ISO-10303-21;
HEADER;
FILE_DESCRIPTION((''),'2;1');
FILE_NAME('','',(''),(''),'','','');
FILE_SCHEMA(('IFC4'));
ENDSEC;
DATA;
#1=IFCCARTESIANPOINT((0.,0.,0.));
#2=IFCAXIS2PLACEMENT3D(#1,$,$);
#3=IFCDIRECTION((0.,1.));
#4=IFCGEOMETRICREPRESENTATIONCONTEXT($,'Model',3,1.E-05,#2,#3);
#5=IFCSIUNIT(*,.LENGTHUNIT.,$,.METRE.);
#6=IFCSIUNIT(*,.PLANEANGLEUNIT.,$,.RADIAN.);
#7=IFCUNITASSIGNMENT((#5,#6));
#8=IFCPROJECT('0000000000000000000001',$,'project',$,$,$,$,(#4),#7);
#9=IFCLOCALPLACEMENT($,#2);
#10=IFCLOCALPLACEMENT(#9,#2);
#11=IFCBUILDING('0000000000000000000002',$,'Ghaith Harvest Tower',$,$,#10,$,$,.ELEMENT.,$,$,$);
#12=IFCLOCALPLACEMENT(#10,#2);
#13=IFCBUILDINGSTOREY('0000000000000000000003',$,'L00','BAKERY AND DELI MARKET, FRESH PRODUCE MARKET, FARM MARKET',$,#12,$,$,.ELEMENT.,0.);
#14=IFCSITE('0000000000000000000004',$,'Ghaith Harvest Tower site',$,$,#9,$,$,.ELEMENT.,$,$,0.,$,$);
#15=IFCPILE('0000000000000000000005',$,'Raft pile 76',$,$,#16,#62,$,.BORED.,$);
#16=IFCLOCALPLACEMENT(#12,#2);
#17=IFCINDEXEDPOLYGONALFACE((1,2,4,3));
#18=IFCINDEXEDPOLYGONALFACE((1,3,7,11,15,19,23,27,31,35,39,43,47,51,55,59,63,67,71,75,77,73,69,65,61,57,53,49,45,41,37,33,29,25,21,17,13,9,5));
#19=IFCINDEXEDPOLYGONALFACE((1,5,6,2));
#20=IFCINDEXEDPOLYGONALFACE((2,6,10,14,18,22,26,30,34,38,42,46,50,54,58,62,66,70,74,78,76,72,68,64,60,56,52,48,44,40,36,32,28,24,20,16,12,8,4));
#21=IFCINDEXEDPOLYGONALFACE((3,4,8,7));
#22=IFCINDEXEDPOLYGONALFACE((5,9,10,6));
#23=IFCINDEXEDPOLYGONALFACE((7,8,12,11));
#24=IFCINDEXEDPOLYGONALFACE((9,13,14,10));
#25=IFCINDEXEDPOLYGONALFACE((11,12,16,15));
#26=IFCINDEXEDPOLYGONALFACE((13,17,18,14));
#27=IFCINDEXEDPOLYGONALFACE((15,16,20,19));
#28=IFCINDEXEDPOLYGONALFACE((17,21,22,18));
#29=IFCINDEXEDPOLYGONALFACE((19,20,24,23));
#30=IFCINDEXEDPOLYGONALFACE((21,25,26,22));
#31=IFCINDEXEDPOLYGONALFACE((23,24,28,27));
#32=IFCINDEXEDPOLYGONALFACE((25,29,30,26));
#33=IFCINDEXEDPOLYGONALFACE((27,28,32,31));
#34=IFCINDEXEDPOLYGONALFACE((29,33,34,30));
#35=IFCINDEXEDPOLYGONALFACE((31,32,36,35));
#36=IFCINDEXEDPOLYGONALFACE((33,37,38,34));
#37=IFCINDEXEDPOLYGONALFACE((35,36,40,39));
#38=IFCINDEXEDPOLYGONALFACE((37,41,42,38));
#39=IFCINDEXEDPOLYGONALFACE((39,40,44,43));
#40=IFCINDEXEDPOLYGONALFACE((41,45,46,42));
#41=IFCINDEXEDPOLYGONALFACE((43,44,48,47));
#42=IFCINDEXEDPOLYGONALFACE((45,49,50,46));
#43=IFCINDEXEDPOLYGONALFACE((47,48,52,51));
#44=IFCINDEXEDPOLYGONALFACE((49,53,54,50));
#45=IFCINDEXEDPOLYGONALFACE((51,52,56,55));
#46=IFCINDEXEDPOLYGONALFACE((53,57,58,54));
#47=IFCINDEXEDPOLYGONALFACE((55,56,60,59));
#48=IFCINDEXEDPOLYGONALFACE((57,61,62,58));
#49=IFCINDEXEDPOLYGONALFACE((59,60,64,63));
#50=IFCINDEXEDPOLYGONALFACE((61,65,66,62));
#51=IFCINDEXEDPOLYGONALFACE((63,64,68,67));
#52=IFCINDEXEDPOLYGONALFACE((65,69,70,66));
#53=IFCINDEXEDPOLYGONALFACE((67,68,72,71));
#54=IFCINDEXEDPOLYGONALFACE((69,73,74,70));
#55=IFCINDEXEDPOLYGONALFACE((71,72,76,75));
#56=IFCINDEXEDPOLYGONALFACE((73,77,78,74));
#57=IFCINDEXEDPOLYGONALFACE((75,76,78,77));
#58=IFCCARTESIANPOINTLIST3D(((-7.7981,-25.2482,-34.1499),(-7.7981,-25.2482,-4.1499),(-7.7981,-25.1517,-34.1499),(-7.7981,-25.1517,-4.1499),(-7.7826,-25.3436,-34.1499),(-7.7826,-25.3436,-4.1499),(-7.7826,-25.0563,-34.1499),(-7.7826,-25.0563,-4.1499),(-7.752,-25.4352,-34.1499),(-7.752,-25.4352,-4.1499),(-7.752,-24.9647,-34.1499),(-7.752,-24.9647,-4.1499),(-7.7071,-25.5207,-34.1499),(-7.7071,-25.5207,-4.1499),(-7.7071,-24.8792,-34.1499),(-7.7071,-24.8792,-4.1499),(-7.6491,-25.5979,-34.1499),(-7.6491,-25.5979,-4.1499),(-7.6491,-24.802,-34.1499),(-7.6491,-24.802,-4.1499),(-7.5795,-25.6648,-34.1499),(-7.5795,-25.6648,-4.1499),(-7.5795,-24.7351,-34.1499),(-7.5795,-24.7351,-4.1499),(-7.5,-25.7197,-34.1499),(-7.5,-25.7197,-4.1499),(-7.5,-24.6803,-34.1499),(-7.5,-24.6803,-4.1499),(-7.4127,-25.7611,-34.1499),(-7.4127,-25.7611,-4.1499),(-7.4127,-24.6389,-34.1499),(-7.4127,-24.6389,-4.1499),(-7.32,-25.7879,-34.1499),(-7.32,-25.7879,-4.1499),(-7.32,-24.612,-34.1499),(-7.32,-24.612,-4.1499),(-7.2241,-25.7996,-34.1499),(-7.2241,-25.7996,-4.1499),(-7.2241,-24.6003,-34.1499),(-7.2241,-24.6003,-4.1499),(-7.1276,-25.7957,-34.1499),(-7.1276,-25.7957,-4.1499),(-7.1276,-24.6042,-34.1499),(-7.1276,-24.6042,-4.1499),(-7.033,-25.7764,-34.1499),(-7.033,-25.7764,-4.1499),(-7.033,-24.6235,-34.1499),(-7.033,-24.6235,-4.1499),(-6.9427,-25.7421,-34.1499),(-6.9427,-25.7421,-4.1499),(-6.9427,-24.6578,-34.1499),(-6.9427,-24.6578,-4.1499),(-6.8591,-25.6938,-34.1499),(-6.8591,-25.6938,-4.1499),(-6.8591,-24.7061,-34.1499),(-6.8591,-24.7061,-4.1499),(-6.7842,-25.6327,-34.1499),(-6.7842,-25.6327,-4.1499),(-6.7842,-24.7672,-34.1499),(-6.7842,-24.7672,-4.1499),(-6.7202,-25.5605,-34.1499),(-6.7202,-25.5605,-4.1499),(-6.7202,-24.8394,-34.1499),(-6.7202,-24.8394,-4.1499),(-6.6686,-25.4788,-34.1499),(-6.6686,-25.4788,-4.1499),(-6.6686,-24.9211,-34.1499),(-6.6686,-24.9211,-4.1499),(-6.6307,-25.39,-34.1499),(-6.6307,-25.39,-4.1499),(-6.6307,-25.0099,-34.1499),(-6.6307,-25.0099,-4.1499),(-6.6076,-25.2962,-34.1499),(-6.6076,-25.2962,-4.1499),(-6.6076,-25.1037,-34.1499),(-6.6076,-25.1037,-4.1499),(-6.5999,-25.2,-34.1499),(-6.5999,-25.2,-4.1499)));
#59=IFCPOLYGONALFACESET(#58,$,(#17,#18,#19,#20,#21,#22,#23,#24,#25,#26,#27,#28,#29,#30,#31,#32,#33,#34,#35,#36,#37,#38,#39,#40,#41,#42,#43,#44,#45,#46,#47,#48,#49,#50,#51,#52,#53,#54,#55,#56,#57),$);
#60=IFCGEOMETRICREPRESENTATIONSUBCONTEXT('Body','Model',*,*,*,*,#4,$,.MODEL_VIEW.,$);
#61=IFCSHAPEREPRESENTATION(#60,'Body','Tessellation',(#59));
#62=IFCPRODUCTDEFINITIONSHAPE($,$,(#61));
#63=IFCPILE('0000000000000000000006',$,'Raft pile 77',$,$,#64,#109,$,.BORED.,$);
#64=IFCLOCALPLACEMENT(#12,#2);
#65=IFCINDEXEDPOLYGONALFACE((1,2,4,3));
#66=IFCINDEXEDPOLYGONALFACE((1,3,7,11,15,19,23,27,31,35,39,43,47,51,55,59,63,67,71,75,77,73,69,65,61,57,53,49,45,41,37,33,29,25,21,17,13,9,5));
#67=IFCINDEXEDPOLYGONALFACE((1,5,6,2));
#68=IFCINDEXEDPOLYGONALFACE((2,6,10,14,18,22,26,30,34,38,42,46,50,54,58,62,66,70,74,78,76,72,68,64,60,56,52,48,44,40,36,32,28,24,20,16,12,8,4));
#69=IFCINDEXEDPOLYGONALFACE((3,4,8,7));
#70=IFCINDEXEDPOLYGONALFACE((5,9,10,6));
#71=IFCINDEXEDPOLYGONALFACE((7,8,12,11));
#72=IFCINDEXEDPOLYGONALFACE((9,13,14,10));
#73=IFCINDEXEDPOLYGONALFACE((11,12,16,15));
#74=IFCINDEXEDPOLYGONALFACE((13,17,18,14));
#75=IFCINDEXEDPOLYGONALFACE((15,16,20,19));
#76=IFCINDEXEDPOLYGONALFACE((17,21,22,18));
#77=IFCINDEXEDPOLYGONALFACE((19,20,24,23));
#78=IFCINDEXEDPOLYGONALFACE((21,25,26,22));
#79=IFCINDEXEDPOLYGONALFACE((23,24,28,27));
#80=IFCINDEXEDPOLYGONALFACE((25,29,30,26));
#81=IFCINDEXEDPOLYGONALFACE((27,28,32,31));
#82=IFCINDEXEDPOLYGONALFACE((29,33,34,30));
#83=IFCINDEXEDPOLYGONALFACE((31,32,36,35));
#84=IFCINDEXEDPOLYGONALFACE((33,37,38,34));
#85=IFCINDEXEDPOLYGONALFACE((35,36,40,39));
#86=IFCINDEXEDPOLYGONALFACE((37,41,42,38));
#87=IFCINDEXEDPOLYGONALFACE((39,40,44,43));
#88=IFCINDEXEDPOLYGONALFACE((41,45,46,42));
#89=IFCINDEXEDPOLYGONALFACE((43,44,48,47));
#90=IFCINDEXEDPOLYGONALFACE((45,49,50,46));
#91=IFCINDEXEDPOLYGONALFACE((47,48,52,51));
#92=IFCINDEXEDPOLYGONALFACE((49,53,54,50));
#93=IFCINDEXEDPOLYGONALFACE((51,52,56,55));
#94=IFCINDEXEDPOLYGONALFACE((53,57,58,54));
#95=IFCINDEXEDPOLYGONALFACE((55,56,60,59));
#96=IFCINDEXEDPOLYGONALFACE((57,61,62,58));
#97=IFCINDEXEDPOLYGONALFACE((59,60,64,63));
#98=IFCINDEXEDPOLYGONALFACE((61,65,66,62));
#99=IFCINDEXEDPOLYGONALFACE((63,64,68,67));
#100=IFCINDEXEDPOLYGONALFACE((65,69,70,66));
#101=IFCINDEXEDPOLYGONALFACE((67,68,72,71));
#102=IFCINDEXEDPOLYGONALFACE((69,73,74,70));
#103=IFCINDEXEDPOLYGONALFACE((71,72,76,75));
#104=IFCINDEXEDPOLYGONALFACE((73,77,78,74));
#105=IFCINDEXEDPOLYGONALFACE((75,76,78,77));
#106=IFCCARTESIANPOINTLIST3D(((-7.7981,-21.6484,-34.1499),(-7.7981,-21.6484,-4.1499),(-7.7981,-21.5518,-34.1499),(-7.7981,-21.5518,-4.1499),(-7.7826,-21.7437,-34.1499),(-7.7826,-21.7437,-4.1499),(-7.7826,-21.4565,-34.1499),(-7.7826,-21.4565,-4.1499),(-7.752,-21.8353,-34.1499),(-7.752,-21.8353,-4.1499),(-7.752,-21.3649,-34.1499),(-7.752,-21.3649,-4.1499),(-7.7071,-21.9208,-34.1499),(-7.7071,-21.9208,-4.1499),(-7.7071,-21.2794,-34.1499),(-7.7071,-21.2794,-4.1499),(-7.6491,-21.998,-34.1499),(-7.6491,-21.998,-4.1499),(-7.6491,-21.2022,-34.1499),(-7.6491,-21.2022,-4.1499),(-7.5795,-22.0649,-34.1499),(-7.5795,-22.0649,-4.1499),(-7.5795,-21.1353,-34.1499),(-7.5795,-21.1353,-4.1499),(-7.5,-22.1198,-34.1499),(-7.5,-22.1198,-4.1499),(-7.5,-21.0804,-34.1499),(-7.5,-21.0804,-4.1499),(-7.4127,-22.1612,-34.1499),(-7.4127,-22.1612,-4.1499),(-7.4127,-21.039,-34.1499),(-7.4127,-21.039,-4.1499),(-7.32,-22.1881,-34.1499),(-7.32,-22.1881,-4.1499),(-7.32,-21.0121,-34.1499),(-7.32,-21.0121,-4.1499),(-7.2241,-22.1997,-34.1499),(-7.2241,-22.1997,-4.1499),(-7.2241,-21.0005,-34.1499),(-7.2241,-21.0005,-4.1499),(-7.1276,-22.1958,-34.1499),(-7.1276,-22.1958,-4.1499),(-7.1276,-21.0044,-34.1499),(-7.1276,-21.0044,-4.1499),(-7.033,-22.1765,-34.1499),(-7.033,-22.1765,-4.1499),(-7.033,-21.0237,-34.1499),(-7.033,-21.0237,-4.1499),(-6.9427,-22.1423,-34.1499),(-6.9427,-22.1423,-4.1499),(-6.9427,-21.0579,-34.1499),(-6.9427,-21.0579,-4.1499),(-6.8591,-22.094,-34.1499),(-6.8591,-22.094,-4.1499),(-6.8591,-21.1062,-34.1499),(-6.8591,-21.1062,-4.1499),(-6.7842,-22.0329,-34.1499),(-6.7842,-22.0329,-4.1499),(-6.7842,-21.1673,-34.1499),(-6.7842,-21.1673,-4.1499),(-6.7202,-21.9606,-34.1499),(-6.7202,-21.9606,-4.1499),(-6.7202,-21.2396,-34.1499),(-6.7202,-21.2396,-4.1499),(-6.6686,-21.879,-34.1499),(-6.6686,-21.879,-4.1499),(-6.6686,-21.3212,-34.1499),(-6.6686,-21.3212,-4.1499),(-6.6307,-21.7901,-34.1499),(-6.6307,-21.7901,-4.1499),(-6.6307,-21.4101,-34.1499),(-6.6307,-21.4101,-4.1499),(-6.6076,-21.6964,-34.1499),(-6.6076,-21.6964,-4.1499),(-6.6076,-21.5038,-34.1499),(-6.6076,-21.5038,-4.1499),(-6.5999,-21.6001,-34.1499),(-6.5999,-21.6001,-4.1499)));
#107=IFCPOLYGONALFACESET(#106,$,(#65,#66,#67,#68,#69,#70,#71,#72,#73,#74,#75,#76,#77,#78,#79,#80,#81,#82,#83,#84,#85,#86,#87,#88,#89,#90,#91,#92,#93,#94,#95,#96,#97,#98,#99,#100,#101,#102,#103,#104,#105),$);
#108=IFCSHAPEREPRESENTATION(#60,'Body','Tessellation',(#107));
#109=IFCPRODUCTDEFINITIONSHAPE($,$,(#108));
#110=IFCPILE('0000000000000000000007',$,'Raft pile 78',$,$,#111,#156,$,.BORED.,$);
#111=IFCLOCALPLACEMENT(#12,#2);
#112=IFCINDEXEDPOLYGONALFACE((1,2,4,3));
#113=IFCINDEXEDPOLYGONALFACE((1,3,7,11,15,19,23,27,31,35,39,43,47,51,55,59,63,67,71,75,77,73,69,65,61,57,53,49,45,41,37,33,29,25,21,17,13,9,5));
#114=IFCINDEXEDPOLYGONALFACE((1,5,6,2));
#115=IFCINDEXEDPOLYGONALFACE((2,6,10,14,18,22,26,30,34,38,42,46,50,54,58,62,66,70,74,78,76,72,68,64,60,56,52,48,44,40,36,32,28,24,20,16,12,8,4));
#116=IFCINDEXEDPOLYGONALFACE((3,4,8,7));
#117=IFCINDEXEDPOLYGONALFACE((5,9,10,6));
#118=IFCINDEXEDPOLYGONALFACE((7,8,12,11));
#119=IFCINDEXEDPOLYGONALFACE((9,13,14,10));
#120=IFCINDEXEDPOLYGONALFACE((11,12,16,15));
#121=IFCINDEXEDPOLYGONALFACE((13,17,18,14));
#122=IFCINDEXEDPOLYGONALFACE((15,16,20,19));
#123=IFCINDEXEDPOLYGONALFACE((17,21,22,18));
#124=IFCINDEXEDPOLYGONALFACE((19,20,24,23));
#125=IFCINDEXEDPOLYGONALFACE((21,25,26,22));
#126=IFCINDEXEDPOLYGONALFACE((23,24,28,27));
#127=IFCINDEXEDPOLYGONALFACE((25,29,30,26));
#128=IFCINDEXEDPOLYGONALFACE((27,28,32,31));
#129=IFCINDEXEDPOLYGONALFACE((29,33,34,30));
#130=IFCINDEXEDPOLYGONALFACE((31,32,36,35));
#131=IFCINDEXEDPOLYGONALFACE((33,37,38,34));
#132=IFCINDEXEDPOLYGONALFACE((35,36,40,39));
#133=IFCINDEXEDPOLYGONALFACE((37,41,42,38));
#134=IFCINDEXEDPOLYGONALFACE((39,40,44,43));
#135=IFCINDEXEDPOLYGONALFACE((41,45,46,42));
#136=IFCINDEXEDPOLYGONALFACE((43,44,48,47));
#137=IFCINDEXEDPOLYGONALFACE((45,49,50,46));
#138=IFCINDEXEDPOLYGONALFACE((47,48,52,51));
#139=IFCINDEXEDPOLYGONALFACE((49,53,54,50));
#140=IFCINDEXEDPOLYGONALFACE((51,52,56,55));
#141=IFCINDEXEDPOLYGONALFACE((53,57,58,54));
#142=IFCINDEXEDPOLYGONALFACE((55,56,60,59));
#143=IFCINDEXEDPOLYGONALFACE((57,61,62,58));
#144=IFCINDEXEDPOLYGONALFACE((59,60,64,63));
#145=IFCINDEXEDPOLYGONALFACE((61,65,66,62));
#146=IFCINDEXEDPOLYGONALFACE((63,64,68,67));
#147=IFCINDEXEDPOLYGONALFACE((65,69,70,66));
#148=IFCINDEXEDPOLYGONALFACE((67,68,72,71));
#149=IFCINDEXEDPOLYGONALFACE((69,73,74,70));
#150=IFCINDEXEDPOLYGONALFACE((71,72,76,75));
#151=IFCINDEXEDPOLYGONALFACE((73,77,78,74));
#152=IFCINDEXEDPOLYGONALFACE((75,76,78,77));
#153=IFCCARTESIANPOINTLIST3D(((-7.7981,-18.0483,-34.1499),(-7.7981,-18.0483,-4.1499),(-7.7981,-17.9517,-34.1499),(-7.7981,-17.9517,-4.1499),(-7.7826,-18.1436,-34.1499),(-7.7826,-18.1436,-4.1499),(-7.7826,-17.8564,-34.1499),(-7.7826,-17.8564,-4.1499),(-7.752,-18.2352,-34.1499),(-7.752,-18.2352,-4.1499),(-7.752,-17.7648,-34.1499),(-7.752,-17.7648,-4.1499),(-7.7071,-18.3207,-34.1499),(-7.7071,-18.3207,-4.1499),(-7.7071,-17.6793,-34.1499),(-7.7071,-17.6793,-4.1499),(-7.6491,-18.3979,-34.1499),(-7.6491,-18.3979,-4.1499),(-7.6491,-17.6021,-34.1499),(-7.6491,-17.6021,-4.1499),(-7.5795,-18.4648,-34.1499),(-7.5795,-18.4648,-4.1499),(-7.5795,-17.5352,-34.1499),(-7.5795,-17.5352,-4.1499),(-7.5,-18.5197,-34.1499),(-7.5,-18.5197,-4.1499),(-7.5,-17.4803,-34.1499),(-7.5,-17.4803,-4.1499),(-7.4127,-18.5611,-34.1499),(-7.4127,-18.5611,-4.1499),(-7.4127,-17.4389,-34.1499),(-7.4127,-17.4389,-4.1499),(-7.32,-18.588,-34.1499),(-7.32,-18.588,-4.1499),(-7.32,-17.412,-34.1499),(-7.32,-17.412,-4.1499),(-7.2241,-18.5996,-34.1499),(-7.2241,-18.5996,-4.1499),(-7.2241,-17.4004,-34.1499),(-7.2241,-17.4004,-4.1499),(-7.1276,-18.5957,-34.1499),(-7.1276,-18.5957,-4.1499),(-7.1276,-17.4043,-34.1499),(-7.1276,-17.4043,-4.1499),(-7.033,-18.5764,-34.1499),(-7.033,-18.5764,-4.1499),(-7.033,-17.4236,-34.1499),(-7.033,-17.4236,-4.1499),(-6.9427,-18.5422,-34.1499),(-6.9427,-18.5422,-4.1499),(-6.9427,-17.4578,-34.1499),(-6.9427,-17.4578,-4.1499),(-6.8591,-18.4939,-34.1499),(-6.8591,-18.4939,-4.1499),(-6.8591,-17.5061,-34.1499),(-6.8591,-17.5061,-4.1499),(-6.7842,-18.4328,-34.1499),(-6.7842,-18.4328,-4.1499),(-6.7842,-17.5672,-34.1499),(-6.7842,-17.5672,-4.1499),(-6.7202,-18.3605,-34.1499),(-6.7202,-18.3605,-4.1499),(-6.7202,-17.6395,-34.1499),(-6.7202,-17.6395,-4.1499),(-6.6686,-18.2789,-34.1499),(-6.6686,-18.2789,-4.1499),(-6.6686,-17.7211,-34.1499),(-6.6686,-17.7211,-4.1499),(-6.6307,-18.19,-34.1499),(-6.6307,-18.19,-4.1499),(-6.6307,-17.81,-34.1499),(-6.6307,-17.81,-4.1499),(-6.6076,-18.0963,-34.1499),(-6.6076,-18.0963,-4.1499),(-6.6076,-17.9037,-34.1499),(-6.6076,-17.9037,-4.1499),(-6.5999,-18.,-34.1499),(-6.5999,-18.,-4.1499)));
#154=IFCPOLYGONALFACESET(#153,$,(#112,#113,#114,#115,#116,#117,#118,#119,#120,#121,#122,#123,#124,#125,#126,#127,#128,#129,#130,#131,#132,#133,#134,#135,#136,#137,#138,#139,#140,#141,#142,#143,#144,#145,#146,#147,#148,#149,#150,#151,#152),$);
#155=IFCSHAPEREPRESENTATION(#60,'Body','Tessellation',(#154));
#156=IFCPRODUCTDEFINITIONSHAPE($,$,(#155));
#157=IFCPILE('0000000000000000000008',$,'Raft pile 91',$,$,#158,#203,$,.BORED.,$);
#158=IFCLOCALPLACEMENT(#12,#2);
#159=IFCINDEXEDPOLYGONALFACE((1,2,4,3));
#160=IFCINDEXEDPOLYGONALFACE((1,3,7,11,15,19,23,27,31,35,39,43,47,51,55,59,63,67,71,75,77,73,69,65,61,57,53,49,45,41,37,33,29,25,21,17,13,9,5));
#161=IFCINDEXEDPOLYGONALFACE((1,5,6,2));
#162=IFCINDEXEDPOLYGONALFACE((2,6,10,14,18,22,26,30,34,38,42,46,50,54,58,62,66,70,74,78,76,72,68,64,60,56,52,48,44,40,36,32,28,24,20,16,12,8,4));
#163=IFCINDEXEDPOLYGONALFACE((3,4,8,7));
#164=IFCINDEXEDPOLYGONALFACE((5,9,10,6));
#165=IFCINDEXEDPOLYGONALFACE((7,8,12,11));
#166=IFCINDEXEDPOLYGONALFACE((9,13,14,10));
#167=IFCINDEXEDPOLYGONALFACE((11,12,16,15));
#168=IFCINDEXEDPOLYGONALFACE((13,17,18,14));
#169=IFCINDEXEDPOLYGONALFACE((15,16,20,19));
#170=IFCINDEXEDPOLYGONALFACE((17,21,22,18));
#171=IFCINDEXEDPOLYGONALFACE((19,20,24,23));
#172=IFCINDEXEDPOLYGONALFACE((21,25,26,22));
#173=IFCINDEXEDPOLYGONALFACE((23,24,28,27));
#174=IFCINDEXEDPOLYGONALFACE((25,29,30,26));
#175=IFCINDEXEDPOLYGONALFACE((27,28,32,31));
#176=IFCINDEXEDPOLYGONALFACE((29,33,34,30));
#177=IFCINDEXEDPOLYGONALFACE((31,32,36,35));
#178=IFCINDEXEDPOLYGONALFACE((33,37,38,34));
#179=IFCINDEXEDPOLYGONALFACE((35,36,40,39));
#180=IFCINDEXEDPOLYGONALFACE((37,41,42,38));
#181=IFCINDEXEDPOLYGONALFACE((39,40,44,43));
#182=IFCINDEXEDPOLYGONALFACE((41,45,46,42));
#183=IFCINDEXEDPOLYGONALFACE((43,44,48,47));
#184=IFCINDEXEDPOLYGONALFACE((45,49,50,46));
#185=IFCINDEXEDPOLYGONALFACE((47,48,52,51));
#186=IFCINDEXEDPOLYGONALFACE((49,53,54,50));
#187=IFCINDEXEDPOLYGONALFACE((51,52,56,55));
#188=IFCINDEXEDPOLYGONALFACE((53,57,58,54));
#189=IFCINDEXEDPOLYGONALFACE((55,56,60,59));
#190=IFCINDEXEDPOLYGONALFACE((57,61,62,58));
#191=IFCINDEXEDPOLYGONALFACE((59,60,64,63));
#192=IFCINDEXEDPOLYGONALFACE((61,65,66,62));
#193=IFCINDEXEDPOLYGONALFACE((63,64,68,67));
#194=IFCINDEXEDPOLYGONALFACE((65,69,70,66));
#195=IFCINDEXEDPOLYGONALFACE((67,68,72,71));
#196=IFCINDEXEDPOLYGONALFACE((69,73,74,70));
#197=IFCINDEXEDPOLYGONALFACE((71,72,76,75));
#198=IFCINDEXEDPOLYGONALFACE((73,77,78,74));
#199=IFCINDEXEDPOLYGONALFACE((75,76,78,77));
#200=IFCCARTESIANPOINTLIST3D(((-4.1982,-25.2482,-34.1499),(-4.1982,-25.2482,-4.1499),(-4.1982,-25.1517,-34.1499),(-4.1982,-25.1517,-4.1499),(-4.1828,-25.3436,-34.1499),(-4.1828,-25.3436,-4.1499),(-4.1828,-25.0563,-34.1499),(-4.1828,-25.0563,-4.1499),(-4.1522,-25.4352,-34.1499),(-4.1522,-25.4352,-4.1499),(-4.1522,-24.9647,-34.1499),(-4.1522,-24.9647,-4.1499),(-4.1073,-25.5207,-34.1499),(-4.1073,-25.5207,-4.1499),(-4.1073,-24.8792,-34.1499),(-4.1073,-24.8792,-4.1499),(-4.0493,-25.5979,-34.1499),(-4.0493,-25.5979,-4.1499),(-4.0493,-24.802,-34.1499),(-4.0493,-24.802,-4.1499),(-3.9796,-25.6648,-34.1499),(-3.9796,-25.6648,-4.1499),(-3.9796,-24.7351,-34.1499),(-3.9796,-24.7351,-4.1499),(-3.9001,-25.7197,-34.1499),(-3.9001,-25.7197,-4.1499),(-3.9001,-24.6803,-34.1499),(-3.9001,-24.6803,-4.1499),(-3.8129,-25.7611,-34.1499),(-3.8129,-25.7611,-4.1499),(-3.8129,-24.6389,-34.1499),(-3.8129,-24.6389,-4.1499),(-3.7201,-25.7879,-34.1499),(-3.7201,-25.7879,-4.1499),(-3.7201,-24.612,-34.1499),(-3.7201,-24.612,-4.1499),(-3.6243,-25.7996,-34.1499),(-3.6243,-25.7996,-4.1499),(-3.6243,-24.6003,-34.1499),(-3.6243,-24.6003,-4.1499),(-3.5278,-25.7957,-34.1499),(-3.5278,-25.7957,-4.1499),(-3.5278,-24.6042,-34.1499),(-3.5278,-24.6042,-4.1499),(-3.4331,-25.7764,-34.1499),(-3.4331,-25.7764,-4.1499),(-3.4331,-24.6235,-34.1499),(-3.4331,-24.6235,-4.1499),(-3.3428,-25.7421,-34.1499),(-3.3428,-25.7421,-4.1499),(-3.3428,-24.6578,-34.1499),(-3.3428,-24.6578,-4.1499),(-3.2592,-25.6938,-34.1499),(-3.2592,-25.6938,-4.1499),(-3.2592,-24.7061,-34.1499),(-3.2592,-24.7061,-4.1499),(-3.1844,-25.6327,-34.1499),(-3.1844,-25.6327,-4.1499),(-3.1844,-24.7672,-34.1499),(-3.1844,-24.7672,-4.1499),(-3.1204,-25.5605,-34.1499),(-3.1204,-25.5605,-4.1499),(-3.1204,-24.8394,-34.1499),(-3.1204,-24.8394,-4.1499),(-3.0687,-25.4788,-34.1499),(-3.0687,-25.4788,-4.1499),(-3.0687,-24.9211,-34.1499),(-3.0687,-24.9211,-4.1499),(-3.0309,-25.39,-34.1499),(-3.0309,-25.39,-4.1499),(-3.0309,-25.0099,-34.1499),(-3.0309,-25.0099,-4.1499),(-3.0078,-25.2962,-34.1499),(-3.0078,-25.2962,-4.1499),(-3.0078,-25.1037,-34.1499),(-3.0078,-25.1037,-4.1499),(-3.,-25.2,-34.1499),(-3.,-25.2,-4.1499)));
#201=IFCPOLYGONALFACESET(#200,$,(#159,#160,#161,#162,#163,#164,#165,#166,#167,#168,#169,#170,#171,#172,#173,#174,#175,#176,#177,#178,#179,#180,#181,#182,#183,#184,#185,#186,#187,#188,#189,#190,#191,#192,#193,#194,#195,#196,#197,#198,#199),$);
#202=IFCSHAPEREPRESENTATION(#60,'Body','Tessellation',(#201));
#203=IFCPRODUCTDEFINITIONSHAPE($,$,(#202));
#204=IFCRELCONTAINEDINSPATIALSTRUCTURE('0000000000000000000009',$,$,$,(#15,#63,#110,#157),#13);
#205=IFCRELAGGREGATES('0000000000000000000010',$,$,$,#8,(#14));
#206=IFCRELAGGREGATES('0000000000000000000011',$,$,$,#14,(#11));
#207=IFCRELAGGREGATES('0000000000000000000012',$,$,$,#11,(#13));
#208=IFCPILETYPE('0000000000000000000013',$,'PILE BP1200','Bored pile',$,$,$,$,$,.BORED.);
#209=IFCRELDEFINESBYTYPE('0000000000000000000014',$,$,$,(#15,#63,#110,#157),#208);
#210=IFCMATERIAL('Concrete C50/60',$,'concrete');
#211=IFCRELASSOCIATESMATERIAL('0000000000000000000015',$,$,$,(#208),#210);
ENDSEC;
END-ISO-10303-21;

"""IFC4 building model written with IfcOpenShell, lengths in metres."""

from ifc_helpers import new_model, si_unit, direction, frame, origin, origin_2d, place, context, subcontext, project, spatial, circle, extrude, material, material_profile, profile_set, type_object, element, save


model = new_model("IFC4")

# Units and contexts
model_context = context("Model", 3, precision=1e-05, world=origin(), true_north=direction((0.0, 1.0)))
body_context = subcontext(model_context, "Body", "Model", "MODEL_VIEW")
ifc_project = project(units=[si_unit("LENGTHUNIT", "METRE"), si_unit("PLANEANGLEUNIT", "RADIAN")], contexts=[model_context])

# Site, building, storey
site_placement = place(None, origin())
site = spatial("IfcSite", under=ifc_project, at=site_placement, Name="Ghaith Harvest Tower site", CompositionType="ELEMENT", RefElevation=0.0)
building_placement = place(site_placement, origin())
building = spatial("IfcBuilding", under=site, at=building_placement, Name="Ghaith Harvest Tower", CompositionType="ELEMENT")
storey_placement = place(building_placement, origin())
storey = spatial("IfcBuildingStorey", under=building, at=storey_placement, Name="L00", Description="BAKERY AND DELI MARKET, FRESH PRODUCE MARKET, FARM MARKET", CompositionType="ELEMENT", Elevation=0.0)

# Piles
ifc_material_1 = material(Name="Concrete C50/60", Category="concrete")
ifc_material_profile_1 = material_profile(ifc_material_1, circle(Radius=0.6001, at=origin_2d()), Name="PILE1200")
ifc_profile_set_1 = profile_set([ifc_material_profile_1], Name="Concrete C50/60")
pile_type = type_object("IfcPileType", Name="PILE BP1200", Description="Bored pile", PredefinedType="BORED", material=ifc_profile_set_1)
for number, where, z_axis, x_axis, name in (
    (1, (-7.2, -25.2, -4.1499), (0.0, 0.0, -1.0), (1.0, 0.0, 0.0), "Raft pile 76"),
    (2, (-7.2, -21.6001, -4.1499), (0.0, 0.0, -1.0), (1.0, 0.0, 0.0), "Raft pile 77"),
    (3, (-7.2, -18.0, -4.1499), (0.0, 0.0, -1.0), (1.0, 0.0, 0.0), "Raft pile 78"),
    (4, (-3.6001, -25.2, -4.1499), (0.0, 0.0, -1.0), (1.0, 0.0, 0.0), "Raft pile 91"),
):
    element("IfcPile", number, at=place(storey_placement, frame(where, z_axis=z_axis, x_axis=x_axis)), inside=storey, type_object=pile_type, Name=name, PredefinedType="BORED", context=body_context, shape_type="SweptSolid", body=[
        extrude(circle(Radius=0.6001, at=origin_2d()), origin(), (0.0, 0.0, 1.0), 30.0),
    ])

save(model, "model.ifc")
